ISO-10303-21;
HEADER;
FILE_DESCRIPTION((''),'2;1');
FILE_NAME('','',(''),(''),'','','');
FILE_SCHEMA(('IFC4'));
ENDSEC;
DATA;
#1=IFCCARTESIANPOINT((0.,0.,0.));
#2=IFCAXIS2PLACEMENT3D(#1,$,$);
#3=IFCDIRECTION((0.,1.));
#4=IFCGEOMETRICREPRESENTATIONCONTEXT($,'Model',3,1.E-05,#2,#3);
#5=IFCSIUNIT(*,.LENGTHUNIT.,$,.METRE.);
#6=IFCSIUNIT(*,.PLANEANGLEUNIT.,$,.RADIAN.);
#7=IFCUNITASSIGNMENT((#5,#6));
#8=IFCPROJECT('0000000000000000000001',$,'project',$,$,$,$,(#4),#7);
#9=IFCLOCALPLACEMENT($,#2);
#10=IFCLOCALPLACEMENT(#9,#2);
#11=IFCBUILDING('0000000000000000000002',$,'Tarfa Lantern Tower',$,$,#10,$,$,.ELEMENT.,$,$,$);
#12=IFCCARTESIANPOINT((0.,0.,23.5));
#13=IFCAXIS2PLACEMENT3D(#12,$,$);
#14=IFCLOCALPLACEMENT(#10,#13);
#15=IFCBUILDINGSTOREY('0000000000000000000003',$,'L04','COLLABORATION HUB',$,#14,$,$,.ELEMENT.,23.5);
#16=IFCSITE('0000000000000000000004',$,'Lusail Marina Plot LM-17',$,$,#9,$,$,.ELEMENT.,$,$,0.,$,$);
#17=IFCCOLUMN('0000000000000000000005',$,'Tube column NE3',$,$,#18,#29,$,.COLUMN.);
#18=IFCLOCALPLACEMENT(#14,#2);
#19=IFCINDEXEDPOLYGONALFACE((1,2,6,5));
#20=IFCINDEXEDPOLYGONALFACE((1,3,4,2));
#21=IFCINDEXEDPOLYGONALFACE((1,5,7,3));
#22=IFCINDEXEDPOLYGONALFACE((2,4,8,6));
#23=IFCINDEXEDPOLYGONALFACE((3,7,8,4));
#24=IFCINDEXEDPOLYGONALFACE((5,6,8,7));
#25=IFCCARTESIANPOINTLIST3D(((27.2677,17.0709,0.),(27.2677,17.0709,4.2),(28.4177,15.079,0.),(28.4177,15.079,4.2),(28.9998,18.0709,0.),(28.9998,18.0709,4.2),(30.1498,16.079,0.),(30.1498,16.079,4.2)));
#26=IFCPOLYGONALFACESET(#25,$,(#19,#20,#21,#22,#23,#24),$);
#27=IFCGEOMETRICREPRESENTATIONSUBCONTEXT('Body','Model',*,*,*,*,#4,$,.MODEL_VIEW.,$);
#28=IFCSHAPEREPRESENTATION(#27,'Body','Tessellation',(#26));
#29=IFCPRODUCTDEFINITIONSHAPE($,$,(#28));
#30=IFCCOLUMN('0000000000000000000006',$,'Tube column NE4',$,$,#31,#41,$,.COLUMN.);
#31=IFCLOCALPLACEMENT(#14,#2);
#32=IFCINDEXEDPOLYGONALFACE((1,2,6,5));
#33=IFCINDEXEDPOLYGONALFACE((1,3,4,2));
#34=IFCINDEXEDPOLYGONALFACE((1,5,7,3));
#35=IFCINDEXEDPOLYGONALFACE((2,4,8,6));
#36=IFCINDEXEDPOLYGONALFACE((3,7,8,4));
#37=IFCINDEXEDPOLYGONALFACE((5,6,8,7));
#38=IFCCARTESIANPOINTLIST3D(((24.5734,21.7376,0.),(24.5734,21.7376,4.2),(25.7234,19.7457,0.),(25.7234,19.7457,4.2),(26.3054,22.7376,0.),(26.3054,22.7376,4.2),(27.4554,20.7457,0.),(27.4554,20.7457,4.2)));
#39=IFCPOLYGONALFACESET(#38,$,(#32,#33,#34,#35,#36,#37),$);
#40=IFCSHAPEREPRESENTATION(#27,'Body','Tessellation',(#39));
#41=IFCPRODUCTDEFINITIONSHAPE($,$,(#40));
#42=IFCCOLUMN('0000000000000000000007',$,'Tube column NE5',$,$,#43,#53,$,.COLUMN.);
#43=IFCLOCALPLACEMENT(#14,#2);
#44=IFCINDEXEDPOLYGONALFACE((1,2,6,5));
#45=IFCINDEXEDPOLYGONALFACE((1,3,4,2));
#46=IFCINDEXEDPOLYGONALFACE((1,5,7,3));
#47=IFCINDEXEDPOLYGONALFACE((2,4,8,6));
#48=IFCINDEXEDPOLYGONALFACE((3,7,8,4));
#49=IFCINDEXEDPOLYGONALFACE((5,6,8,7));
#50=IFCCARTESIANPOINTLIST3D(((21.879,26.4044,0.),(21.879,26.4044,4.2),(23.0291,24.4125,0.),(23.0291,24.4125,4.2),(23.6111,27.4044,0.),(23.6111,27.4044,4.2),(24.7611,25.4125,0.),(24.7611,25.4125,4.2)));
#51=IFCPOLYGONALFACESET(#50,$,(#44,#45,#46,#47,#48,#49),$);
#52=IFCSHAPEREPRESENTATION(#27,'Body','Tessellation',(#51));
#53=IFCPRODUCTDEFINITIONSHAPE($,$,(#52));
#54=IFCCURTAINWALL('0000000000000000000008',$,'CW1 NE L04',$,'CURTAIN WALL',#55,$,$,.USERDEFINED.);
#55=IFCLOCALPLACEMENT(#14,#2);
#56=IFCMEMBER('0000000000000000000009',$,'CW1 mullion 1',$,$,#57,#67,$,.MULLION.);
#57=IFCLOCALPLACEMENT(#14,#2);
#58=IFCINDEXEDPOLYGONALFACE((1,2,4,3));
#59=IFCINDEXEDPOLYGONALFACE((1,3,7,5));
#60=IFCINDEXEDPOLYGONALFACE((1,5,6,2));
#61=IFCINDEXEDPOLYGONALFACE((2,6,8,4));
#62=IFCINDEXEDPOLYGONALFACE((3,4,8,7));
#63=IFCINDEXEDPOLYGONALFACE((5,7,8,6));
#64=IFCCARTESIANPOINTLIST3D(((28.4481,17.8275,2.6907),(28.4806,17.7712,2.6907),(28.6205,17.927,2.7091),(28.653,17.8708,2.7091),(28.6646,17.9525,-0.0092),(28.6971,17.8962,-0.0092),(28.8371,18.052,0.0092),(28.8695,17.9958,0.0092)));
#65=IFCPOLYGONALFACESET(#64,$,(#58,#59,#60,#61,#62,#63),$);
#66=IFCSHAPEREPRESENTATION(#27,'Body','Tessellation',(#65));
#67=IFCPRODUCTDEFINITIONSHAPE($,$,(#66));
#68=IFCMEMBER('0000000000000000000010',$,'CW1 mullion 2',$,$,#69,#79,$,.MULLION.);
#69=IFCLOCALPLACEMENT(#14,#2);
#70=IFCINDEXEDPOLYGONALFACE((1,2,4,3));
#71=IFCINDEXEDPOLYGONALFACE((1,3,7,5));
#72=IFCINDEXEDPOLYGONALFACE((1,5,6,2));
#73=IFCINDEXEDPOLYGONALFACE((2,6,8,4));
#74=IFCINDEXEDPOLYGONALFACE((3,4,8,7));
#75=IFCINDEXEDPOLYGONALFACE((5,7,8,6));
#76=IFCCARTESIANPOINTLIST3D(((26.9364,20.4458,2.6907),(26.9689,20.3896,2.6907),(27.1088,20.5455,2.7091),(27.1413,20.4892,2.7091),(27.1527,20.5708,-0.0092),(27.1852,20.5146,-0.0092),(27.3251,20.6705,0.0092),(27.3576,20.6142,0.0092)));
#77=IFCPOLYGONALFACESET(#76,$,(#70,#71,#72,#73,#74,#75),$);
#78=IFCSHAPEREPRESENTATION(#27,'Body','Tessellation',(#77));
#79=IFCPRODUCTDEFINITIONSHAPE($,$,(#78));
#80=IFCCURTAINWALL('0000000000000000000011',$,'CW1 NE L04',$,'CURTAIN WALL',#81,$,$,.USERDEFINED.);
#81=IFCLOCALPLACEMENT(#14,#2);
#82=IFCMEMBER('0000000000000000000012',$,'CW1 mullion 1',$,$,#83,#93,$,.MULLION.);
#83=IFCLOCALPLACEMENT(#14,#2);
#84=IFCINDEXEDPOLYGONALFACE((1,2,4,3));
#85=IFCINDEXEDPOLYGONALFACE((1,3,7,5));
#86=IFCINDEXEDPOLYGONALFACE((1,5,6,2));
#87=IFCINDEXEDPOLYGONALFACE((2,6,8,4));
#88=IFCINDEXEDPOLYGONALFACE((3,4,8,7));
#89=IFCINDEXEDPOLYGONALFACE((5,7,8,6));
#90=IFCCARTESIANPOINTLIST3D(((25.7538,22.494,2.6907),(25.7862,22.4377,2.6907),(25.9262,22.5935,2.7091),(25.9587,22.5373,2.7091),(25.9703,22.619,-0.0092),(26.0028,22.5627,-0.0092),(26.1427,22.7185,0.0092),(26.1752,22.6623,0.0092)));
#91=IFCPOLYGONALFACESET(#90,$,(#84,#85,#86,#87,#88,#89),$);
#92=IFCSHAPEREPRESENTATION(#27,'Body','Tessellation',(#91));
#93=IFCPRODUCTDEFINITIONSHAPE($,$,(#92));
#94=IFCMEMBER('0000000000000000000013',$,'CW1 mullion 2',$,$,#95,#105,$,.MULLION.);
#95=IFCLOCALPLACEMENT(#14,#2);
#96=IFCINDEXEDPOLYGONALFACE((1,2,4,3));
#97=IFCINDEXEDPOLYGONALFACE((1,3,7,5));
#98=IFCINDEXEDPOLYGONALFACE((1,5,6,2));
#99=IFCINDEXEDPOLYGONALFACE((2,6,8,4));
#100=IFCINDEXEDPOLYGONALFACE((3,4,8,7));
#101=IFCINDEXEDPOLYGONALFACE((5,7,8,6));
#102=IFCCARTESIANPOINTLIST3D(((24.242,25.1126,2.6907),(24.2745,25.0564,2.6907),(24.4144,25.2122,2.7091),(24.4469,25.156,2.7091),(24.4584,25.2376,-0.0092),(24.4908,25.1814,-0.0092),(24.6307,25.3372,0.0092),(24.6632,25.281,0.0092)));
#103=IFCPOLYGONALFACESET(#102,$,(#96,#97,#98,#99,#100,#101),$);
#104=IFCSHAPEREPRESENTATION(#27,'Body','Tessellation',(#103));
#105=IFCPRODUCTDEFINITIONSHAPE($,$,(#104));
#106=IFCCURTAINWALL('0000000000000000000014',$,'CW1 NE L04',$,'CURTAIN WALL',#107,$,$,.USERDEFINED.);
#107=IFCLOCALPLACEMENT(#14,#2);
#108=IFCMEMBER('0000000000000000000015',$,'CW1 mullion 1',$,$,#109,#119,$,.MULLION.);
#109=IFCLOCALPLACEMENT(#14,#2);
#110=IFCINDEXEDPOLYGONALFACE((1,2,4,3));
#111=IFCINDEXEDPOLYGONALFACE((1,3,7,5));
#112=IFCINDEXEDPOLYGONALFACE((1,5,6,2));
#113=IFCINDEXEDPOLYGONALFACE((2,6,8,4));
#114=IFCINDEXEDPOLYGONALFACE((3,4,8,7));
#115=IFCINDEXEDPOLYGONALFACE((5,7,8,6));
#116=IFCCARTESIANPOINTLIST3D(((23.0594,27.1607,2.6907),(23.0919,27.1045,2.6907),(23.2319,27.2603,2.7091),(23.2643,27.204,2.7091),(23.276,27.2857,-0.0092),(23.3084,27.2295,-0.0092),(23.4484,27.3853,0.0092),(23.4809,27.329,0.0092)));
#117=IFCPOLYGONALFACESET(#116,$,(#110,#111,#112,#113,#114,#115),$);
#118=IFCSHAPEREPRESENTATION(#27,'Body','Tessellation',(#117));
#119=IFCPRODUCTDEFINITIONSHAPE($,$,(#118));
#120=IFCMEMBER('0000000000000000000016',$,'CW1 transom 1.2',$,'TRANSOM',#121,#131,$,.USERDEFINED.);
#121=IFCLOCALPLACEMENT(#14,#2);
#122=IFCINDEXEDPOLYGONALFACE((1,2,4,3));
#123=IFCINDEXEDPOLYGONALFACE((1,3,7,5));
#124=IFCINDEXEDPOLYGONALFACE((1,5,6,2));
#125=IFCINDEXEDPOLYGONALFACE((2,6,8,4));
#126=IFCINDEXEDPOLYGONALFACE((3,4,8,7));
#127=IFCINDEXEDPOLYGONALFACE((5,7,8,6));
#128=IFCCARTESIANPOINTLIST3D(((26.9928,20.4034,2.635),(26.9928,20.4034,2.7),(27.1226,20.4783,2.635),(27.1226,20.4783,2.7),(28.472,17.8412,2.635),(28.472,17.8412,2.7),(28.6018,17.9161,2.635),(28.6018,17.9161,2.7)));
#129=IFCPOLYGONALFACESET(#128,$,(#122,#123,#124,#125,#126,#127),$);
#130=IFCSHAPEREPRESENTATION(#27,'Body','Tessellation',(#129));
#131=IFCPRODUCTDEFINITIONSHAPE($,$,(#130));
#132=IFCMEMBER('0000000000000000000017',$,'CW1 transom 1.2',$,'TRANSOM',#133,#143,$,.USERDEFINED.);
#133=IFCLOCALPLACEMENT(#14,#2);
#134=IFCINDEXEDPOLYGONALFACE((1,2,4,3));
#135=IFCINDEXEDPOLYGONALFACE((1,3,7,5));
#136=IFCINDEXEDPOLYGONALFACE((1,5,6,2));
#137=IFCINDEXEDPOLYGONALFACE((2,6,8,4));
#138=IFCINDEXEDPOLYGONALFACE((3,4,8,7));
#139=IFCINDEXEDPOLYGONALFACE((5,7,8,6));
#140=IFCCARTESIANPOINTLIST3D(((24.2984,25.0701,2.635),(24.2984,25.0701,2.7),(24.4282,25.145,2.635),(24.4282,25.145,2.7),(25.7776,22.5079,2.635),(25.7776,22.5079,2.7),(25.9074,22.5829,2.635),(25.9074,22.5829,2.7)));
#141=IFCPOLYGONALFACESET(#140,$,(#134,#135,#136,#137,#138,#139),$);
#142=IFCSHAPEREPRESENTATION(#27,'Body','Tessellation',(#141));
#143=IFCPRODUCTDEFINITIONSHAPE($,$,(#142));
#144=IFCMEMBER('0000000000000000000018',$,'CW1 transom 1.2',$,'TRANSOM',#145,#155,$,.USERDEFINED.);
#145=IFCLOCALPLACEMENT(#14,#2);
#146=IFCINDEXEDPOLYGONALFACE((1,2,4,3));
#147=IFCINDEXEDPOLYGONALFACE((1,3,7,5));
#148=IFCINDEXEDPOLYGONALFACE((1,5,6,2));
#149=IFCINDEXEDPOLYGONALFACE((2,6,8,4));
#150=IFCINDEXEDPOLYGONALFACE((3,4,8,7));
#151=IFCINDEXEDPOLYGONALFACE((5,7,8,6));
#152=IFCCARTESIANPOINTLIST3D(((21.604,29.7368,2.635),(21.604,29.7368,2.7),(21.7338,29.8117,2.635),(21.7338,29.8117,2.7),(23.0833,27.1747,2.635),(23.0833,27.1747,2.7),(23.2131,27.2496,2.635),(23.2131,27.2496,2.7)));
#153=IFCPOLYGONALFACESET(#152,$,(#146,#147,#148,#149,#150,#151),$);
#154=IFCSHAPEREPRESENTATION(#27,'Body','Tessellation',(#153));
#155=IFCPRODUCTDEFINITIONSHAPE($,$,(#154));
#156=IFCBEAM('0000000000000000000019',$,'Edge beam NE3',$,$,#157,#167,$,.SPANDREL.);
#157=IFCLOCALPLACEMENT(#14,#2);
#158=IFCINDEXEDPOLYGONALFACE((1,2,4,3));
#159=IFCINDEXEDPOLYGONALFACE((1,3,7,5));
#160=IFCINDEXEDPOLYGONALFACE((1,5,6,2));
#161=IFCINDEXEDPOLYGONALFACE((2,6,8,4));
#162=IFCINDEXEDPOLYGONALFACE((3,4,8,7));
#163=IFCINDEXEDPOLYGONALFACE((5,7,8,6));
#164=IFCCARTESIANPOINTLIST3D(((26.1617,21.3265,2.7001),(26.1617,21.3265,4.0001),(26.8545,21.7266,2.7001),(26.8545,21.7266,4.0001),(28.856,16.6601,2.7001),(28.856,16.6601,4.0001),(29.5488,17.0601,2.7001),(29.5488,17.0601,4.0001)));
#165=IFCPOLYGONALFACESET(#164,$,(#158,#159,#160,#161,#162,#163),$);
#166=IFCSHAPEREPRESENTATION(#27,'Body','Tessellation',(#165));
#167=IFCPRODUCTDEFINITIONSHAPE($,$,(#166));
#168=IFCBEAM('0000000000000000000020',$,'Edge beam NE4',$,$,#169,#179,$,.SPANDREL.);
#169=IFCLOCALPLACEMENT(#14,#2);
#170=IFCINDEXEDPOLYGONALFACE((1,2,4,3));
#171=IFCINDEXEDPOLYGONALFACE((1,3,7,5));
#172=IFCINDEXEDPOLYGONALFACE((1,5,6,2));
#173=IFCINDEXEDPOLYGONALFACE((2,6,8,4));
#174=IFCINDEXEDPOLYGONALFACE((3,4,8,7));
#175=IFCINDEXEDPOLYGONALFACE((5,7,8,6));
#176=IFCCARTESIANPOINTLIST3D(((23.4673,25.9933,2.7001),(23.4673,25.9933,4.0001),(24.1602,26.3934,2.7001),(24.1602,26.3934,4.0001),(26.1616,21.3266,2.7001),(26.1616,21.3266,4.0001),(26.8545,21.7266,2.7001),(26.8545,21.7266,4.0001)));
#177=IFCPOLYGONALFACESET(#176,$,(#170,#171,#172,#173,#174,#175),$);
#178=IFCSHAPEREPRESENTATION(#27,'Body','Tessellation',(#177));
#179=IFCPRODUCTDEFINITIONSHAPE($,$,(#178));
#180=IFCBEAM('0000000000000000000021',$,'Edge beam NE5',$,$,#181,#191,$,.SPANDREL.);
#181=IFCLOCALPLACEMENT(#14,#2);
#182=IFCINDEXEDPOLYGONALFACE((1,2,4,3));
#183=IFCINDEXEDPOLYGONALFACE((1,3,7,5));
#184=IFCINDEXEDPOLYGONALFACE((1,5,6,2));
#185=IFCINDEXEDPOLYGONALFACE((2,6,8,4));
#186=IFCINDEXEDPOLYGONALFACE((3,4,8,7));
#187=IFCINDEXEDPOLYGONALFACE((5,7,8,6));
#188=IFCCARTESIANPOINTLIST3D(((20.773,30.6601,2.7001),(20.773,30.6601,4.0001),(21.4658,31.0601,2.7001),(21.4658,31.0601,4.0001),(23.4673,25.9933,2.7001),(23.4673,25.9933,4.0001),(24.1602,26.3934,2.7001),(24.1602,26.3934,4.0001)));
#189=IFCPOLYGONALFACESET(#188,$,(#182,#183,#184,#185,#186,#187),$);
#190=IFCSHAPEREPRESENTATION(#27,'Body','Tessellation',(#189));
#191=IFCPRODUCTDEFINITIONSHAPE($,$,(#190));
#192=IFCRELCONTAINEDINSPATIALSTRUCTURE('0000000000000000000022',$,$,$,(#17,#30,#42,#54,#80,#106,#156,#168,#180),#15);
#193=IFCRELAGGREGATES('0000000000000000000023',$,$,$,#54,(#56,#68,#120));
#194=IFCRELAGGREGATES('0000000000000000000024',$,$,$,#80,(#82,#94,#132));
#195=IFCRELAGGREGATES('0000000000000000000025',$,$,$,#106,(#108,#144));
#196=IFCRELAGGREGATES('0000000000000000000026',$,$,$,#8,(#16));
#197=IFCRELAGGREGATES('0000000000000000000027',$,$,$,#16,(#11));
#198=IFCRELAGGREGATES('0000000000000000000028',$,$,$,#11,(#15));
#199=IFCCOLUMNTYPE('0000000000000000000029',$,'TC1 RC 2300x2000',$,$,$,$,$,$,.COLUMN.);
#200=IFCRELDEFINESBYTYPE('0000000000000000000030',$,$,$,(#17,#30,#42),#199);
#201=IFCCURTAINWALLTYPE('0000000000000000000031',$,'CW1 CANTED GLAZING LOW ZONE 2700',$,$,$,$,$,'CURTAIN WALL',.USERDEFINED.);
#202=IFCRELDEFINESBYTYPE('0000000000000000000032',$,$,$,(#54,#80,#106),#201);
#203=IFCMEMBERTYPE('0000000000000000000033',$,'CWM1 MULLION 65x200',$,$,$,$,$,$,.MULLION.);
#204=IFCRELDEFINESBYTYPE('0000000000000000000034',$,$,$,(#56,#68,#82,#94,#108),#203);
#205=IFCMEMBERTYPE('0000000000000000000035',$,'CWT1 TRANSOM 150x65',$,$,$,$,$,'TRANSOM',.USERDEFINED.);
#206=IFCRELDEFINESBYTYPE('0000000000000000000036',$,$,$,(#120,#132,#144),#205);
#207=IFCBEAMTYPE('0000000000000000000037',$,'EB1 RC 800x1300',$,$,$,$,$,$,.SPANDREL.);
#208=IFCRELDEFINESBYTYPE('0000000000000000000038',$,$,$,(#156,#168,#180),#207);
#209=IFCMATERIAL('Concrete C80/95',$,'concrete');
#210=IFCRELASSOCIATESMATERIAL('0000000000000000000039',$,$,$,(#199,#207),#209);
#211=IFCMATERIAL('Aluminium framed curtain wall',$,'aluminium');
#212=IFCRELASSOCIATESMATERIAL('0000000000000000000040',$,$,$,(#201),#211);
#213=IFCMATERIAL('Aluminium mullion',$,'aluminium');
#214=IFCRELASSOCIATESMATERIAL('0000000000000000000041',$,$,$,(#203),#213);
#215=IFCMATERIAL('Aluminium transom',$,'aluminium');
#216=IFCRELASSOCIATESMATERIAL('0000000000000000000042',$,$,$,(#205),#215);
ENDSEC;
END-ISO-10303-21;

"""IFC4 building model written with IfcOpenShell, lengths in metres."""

from ifc_helpers import new_model, si_unit, direction, frame, origin, origin_2d, place, context, subcontext, project, spatial, rectangle, extrude, material, material_profile, profile_set, type_object, element, aggregate, save


model = new_model("IFC4")

# Units and contexts
model_context = context("Model", 3, precision=1e-05, world=origin(), true_north=direction((0.0, 1.0)))
body_context = subcontext(model_context, "Body", "Model", "MODEL_VIEW")
ifc_project = project(units=[si_unit("LENGTHUNIT", "METRE"), si_unit("PLANEANGLEUNIT", "RADIAN")], contexts=[model_context])

# Site, building, storey
site_placement = place(None, origin())
site = spatial("IfcSite", under=ifc_project, at=site_placement, Name="Lusail Marina Plot LM-17", CompositionType="ELEMENT", RefElevation=0.0)
building_placement = place(site_placement, origin())
building = spatial("IfcBuilding", under=site, at=building_placement, Name="Tarfa Lantern Tower", CompositionType="ELEMENT")
storey_placement = place(building_placement, frame((0.0, 0.0, 23.5)))
storey = spatial("IfcBuildingStorey", under=building, at=storey_placement, Name="L04", Description="COLLABORATION HUB", CompositionType="ELEMENT", Elevation=23.5)

# Columns
ifc_material_1 = material(Name="Concrete C80/95", Category="concrete")
ifc_material_profile_1 = material_profile(ifc_material_1, rectangle(XDim=2.3, YDim=2.0, at=origin_2d()), Name="RC 2300x2000")
ifc_profile_set_1 = profile_set([ifc_material_profile_1], Name="Concrete C80/95")
column_type = type_object("IfcColumnType", Name="TC1 RC 2300x2000", PredefinedType="COLUMN", material=ifc_profile_set_1)
for number, where, z_axis, x_axis, name in (
    (1, (28.7087, 16.575, 0.0), (0.0, 0.0, 1.0), (-0.5, 0.866025, 0.0), "Tube column NE3"),
    (2, (26.0144, 21.2417, 0.0), (0.0, 0.0, 1.0), (-0.5, 0.866025, 0.0), "Tube column NE4"),
    (3, (23.3201, 25.9084, 0.0), (0.0, 0.0, 1.0), (-0.5, 0.866025, 0.0), "Tube column NE5"),
):
    element("IfcColumn", number, at=place(storey_placement, frame(where, z_axis=z_axis, x_axis=x_axis)), inside=storey, type_object=column_type, Name=name, PredefinedType="COLUMN", context=body_context, shape_type="SweptSolid", body=[
        extrude(rectangle(XDim=2.3, YDim=2.0, at=origin_2d()), origin(), (0.0, 0.0, 1.0), 4.2),
    ])

# Curtain walls, members
ifc_material_2 = material(Name="Aluminium framed curtain wall", Category="aluminium")
curtain_wall_type = type_object("IfcCurtainWallType", Name="CW1 CANTED GLAZING LOW ZONE 2700", ElementType="CURTAIN WALL", PredefinedType="USERDEFINED", material=ifc_material_2)
curtain_wall_1_placement = place(storey_placement, origin())
curtain_wall_1 = element("IfcCurtainWall", 4, at=curtain_wall_1_placement, inside=storey, type_object=curtain_wall_type, Name="CW1 NE L04", ObjectType="CURTAIN WALL", PredefinedType="USERDEFINED")
ifc_material_3 = material(Name="Aluminium mullion", Category="aluminium")
ifc_material_profile_2 = material_profile(ifc_material_3, rectangle(XDim=0.0649, YDim=0.2, at=origin_2d()), Name="AL MULLION 65x200")
ifc_profile_set_2 = profile_set([ifc_material_profile_2], Name="Aluminium mullion")
member_type_1 = type_object("IfcMemberType", Name="CWM1 MULLION 65x200", PredefinedType="MULLION", material=ifc_profile_set_2)
member_1_placement = place(storey_placement, frame((28.7671, 17.9741, 0.0), z_axis=(-0.079864, -0.0461, 0.995739), x_axis=(0.49992, -0.866072, 0.0)))
member_1 = element("IfcMember", 5, at=member_1_placement, type_object=member_type_1, Name="CW1 mullion 1", PredefinedType="MULLION", context=body_context, shape_type="SweptSolid", body=[
    extrude(rectangle(XDim=0.0649, YDim=0.2, at=origin_2d()), origin(), (0.0, 0.0, 1.0), 2.7114),
])
member_2_placement = place(storey_placement, frame((27.2551, 20.5925, 0.0), z_axis=(-0.079775, -0.0461, 0.995746), x_axis=(0.500343, -0.865827, 0.0)))
member_2 = element("IfcMember", 6, at=member_2_placement, type_object=member_type_1, Name="CW1 mullion 2", PredefinedType="MULLION", context=body_context, shape_type="SweptSolid", body=[
    extrude(rectangle(XDim=0.0649, YDim=0.2, at=origin_2d()), origin(), (0.0, 0.0, 1.0), 2.7114),
])
curtain_wall_2_placement = place(storey_placement, origin())
curtain_wall_2 = element("IfcCurtainWall", 7, at=curtain_wall_2_placement, inside=storey, type_object=curtain_wall_type, Name="CW1 NE L04", ObjectType="CURTAIN WALL", PredefinedType="USERDEFINED")
member_3_placement = place(storey_placement, frame((26.0728, 22.6406, 0.0), z_axis=(-0.079864, -0.0461, 0.995739), x_axis=(0.49992, -0.866072, 0.0)))
member_3 = element("IfcMember", 8, at=member_3_placement, type_object=member_type_1, Name="CW1 mullion 1", PredefinedType="MULLION", context=body_context, shape_type="SweptSolid", body=[
    extrude(rectangle(XDim=0.0649, YDim=0.2, at=origin_2d()), origin(), (0.0, 0.0, 1.0), 2.7114),
])
member_4_placement = place(storey_placement, frame((24.5608, 25.2593, 0.0), z_axis=(-0.079775, -0.0461, 0.995746), x_axis=(0.500343, -0.865827, 0.0)))
member_4 = element("IfcMember", 9, at=member_4_placement, type_object=member_type_1, Name="CW1 mullion 2", PredefinedType="MULLION", context=body_context, shape_type="SweptSolid", body=[
    extrude(rectangle(XDim=0.0649, YDim=0.2, at=origin_2d()), origin(), (0.0, 0.0, 1.0), 2.7114),
])

# Curtain wall, member
curtain_wall_3_placement = place(storey_placement, origin())
curtain_wall_3 = element("IfcCurtainWall", 10, at=curtain_wall_3_placement, inside=storey, type_object=curtain_wall_type, Name="CW1 NE L04", ObjectType="CURTAIN WALL", PredefinedType="USERDEFINED")
member_5_placement = place(storey_placement, frame((23.3784, 27.3074, 0.0), z_axis=(-0.079864, -0.0461, 0.995739), x_axis=(0.49992, -0.866072, 0.0)))
member_5 = element("IfcMember", 11, at=member_5_placement, type_object=member_type_1, Name="CW1 mullion 1", PredefinedType="MULLION", context=body_context, shape_type="SweptSolid", body=[
    extrude(rectangle(XDim=0.0649, YDim=0.2, at=origin_2d()), origin(), (0.0, 0.0, 1.0), 2.7114),
])

# Members
ifc_material_4 = material(Name="Aluminium transom", Category="aluminium")
ifc_material_profile_3 = material_profile(ifc_material_4, rectangle(XDim=0.1499, YDim=0.0649, at=origin_2d()), Name="AL TRANSOM 150x65")
ifc_profile_set_3 = profile_set([ifc_material_profile_3], Name="Aluminium transom")
member_type_2 = type_object("IfcMemberType", Name="CWT1 TRANSOM 150x65", ElementType="TRANSOM", PredefinedType="USERDEFINED", material=ifc_profile_set_3)
member_6_placement = place(storey_placement, frame((28.5369, 17.8787, 2.6675), z_axis=(-0.499982, 0.866036, 0.0), x_axis=(-0.866036, -0.499982, 0.0)))
member_6 = element("IfcMember", 12, at=member_6_placement, type_object=member_type_2, Name="CW1 transom 1.2", ObjectType="TRANSOM", PredefinedType="USERDEFINED", context=body_context, shape_type="SweptSolid", body=[
    extrude(rectangle(XDim=0.1499, YDim=0.0649, at=origin_2d()), origin(), (0.0, 0.0, 1.0), 2.9585),
])
member_7_placement = place(storey_placement, frame((25.8425, 22.5454, 2.6675), z_axis=(-0.499982, 0.866036, 0.0), x_axis=(-0.866036, -0.499982, 0.0)))
member_7 = element("IfcMember", 13, at=member_7_placement, type_object=member_type_2, Name="CW1 transom 1.2", ObjectType="TRANSOM", PredefinedType="USERDEFINED", context=body_context, shape_type="SweptSolid", body=[
    extrude(rectangle(XDim=0.1499, YDim=0.0649, at=origin_2d()), origin(), (0.0, 0.0, 1.0), 2.9585),
])
member_8_placement = place(storey_placement, frame((23.1482, 27.2122, 2.6675), z_axis=(-0.500018, 0.866015, 0.0), x_axis=(-0.866015, -0.500018, 0.0)))
member_8 = element("IfcMember", 14, at=member_8_placement, type_object=member_type_2, Name="CW1 transom 1.2", ObjectType="TRANSOM", PredefinedType="USERDEFINED", context=body_context, shape_type="SweptSolid", body=[
    extrude(rectangle(XDim=0.1499, YDim=0.0649, at=origin_2d()), origin(), (0.0, 0.0, 1.0), 2.9585),
])

# Beams
ifc_material_profile_4 = material_profile(ifc_material_1, rectangle(XDim=0.8, YDim=1.3, at=origin_2d()), Name="RC 800x1300")
ifc_profile_set_4 = profile_set([ifc_material_profile_4], Name="Concrete C80/95")
beam_type_1 = type_object("IfcBeamType", Name="EB1 RC 800x1300", PredefinedType="SPANDREL", material=ifc_profile_set_4)
beam_1_placement = place(storey_placement, frame((29.2024, 16.8601, 3.3501), z_axis=(-0.500018, 0.866015, 0.0), x_axis=(-0.866015, -0.500018, 0.0)))
element("IfcBeam", 15, at=beam_1_placement, inside=storey, type_object=beam_type_1, Name="Edge beam NE3", PredefinedType="SPANDREL", context=body_context, shape_type="SweptSolid", body=[
    extrude(rectangle(XDim=0.8, YDim=1.3, at=origin_2d()), origin(), (0.0, 0.0, 1.0), 5.3884),
])
for number, where, z_axis, x_axis, name in (
    (16, (26.5081, 21.5266, 3.3501), (-0.499998, 0.866026, 0.0), (-0.866026, -0.499998, 0.0), "Edge beam NE4"),
    (17, (23.8137, 26.1934, 3.3501), (-0.499998, 0.866026, 0.0), (-0.866026, -0.499998, 0.0), "Edge beam NE5"),
):
    element("IfcBeam", number, at=place(storey_placement, frame(where, z_axis=z_axis, x_axis=x_axis)), inside=storey, type_object=beam_type_1, Name=name, PredefinedType="SPANDREL", context=body_context, shape_type="SweptSolid", body=[
        extrude(rectangle(XDim=0.8, YDim=1.3, at=origin_2d()), origin(), (0.0, 0.0, 1.0), 5.3887),
    ])

aggregate(curtain_wall_1, [member_1, member_2, member_6])
aggregate(curtain_wall_2, [member_3, member_4, member_7])
aggregate(curtain_wall_3, [member_5, member_8])

save(model, "model.ifc")
